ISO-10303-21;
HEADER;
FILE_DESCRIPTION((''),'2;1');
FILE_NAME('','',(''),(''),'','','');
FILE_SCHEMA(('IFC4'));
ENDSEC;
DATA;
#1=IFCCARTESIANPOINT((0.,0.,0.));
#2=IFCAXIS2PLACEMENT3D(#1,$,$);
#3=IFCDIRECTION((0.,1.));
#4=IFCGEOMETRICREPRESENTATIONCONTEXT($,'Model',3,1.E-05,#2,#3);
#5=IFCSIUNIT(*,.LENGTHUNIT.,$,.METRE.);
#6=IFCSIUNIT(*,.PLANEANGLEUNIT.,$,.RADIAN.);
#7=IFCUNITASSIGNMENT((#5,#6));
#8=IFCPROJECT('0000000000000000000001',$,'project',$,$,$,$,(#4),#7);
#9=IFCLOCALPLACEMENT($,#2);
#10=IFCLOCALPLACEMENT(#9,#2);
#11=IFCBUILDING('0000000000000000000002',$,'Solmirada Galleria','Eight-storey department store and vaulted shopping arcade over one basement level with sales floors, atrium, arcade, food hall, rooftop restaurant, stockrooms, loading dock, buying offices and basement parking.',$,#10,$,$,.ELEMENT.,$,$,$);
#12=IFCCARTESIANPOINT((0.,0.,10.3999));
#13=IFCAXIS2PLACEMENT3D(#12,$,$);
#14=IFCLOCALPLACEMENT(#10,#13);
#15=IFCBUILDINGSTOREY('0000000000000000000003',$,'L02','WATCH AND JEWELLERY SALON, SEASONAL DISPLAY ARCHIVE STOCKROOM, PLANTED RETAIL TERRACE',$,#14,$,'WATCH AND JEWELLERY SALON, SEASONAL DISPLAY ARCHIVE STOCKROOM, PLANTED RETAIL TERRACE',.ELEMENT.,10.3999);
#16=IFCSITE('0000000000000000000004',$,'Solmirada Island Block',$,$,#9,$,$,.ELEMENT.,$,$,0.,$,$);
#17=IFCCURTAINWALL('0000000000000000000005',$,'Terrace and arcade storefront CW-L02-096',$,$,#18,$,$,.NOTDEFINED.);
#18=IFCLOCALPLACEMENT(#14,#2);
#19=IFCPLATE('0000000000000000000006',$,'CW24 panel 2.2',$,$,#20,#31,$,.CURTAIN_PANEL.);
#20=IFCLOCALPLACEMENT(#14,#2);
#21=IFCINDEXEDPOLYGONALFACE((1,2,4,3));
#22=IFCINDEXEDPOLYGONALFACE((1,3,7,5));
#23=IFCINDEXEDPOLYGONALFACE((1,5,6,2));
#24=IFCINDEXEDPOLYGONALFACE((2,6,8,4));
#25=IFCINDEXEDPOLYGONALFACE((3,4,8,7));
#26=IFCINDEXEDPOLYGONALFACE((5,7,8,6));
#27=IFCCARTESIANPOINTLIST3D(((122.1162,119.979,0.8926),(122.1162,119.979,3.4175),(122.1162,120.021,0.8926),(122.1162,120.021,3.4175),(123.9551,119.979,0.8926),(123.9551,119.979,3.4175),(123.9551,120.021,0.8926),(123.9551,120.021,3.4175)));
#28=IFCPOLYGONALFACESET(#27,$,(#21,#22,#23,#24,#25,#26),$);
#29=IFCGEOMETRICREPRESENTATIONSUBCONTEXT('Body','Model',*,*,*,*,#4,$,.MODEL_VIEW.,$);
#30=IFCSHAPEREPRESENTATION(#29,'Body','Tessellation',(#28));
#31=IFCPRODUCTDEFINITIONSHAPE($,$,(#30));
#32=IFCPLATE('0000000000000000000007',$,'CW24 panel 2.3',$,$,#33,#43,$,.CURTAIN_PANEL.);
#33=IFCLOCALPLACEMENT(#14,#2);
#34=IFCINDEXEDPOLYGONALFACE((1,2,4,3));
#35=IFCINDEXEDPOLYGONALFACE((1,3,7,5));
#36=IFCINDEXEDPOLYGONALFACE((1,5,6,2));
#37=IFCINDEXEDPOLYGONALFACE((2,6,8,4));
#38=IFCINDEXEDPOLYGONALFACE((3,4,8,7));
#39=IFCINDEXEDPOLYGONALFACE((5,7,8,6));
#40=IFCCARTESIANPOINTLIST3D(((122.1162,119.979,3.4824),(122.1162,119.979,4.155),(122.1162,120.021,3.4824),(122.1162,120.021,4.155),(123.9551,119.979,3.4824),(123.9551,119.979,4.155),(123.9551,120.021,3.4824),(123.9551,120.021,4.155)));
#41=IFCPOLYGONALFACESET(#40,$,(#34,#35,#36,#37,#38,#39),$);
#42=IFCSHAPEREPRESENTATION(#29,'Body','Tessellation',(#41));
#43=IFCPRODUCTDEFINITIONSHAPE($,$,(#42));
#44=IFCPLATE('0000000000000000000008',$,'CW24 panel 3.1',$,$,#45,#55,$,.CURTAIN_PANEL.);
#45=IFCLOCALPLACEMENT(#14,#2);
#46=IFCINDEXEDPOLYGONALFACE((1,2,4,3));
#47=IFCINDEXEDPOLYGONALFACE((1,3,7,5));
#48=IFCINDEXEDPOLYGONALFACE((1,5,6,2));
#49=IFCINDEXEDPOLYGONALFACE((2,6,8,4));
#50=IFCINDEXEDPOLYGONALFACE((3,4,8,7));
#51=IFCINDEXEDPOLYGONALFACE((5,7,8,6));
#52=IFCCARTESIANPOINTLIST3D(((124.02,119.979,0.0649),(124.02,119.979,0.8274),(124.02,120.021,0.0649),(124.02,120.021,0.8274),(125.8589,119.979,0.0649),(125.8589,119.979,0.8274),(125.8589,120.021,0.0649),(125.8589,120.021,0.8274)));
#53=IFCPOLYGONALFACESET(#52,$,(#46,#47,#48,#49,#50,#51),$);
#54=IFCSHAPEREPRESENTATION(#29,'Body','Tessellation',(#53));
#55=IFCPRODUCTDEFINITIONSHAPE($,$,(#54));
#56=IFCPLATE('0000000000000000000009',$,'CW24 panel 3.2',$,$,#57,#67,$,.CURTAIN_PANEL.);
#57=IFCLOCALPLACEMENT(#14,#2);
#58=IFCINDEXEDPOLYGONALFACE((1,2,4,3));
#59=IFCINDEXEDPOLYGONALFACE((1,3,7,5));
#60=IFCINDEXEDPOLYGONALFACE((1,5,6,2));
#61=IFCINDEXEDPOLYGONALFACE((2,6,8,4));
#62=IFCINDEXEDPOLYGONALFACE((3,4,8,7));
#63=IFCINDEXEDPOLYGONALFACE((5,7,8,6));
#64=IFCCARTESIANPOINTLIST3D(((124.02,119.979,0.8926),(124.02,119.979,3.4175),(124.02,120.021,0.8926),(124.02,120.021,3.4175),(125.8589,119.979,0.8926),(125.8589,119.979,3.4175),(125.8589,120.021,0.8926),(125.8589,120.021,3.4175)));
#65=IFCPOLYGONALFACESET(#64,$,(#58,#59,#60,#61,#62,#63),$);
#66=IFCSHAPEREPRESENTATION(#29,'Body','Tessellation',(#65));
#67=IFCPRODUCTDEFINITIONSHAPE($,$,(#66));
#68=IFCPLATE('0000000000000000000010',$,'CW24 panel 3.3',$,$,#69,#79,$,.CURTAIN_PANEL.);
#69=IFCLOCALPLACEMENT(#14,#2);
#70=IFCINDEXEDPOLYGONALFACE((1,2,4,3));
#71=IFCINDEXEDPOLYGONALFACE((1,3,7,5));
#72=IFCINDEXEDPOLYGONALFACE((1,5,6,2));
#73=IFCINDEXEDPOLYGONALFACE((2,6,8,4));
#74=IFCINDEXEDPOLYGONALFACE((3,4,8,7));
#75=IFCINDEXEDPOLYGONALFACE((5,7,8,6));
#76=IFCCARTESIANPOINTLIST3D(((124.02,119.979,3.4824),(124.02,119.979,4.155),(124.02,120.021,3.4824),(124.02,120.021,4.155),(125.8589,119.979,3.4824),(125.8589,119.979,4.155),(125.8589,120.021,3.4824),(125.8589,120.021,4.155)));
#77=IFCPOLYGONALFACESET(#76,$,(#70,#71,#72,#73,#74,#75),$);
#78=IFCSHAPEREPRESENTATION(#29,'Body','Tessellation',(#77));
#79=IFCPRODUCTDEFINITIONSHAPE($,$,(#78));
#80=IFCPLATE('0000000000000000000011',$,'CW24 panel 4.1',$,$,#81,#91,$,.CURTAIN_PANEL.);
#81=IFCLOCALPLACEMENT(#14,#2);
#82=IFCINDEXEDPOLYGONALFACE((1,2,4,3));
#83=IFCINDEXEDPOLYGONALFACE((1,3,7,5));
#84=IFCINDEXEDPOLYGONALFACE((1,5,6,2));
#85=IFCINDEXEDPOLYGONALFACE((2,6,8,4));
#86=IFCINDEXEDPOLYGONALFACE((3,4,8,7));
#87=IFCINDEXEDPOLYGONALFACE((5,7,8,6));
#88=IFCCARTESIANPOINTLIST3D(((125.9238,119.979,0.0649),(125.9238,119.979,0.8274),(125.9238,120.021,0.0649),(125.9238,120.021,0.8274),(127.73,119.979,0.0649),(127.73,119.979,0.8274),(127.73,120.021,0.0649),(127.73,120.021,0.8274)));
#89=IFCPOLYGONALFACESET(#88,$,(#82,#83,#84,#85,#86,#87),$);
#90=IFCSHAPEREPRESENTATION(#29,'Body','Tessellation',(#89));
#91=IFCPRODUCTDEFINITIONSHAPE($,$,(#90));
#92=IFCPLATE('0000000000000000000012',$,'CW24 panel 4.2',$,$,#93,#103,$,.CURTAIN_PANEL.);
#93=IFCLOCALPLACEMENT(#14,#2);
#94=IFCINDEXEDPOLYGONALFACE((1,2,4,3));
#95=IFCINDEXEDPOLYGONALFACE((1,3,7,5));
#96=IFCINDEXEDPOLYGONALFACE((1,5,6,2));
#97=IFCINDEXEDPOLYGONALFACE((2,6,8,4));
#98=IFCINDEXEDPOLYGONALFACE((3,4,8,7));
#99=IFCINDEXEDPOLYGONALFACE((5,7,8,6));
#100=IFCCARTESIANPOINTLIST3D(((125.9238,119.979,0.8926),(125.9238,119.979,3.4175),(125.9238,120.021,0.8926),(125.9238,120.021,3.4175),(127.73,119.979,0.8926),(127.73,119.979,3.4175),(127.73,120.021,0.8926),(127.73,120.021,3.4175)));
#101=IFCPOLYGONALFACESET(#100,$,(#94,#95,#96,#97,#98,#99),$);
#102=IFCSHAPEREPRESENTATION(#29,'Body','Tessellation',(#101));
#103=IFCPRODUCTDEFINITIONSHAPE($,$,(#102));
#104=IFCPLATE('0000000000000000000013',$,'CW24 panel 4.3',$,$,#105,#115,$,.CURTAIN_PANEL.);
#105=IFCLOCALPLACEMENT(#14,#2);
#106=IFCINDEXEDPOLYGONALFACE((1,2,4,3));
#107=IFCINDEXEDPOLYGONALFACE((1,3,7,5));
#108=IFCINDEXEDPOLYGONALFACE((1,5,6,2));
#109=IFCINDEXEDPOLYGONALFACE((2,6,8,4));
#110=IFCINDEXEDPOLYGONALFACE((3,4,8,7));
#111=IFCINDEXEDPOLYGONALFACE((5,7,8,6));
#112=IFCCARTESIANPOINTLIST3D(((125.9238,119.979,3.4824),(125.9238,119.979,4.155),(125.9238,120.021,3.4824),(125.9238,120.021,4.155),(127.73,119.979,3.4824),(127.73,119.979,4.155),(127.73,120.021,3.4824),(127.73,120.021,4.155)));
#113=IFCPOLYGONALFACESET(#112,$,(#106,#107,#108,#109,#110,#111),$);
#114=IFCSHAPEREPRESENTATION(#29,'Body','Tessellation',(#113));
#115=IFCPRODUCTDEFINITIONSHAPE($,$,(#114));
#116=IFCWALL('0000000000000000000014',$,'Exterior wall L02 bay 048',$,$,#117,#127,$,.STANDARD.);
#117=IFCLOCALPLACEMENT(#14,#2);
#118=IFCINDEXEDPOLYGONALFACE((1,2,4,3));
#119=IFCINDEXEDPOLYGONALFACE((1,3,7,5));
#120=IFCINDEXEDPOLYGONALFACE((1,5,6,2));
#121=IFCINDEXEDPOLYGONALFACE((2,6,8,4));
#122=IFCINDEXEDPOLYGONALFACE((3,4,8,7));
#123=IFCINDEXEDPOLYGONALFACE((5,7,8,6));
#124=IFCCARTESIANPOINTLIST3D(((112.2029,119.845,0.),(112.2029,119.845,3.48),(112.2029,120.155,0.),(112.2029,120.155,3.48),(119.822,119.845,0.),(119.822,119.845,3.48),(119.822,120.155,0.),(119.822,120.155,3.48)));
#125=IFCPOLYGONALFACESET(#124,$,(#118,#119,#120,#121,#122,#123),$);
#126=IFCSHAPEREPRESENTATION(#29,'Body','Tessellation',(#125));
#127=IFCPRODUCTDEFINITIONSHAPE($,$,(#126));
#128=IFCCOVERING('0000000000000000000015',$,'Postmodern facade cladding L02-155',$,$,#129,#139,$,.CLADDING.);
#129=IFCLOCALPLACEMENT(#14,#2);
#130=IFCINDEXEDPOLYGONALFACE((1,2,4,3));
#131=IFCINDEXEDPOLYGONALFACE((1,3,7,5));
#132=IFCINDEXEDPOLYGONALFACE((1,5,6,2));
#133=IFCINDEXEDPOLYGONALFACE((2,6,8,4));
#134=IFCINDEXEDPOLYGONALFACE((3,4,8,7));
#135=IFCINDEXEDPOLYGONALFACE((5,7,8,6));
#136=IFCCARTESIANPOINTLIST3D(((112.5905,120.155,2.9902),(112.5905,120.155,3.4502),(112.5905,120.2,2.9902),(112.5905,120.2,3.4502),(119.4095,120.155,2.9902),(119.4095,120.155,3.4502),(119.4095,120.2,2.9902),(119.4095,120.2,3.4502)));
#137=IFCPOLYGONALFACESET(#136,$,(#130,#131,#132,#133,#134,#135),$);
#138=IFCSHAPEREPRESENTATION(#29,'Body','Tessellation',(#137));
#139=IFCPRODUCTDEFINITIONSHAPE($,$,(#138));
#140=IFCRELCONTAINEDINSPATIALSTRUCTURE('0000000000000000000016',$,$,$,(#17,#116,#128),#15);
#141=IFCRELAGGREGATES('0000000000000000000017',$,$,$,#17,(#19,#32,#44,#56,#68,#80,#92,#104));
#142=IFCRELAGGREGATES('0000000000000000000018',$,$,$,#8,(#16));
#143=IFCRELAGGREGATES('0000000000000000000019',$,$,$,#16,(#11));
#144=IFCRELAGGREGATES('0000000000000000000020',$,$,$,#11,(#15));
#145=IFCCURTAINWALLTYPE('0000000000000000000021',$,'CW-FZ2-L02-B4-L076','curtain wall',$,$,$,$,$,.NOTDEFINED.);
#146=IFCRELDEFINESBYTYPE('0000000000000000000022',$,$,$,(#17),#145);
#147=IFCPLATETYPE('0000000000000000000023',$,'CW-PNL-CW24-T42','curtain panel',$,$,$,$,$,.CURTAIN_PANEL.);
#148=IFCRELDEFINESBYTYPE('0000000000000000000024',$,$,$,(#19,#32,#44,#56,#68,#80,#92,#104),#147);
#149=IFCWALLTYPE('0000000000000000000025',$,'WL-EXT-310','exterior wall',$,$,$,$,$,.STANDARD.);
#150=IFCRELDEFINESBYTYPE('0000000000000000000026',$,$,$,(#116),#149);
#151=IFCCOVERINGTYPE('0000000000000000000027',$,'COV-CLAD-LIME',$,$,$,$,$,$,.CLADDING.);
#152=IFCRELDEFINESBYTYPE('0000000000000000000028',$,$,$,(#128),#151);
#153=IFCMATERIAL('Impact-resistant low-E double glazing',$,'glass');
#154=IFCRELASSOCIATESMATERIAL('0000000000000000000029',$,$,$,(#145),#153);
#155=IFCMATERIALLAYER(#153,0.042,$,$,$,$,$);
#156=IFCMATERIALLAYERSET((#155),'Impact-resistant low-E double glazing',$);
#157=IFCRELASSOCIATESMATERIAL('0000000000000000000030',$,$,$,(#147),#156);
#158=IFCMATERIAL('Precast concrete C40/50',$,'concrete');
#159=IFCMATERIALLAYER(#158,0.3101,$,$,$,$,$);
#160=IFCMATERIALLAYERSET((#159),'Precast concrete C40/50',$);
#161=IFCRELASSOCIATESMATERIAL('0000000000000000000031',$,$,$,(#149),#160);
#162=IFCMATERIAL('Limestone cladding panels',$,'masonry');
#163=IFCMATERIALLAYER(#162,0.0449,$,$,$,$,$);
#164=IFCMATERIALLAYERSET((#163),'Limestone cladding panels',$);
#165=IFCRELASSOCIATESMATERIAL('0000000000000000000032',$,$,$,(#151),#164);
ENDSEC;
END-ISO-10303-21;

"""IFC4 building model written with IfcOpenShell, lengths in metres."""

from ifc_helpers import new_model, si_unit, direction, frame, frame_2d, origin, origin_2d, place, context, subcontext, project, spatial, rectangle, extrude, material, layer, layer_set, type_object, element, aggregate, save


model = new_model("IFC4")

# Units and contexts
model_context = context("Model", 3, precision=1e-05, world=origin(), true_north=direction((0.0, 1.0)))
body_context = subcontext(model_context, "Body", "Model", "MODEL_VIEW")
ifc_project = project(units=[si_unit("LENGTHUNIT", "METRE"), si_unit("PLANEANGLEUNIT", "RADIAN")], contexts=[model_context])

# Site, building, storey
site_placement = place(None, origin())
site = spatial("IfcSite", under=ifc_project, at=site_placement, Name="Solmirada Island Block", CompositionType="ELEMENT", RefElevation=0.0)
building_placement = place(site_placement, origin())
building = spatial("IfcBuilding", under=site, at=building_placement, Name="Solmirada Galleria", Description="Eight-storey department store and vaulted shopping arcade over one basement level with sales floors, atrium, arcade, food hall, rooftop restaurant, stockrooms, loading dock, buying offices and basement parking.", CompositionType="ELEMENT")
storey_placement = place(building_placement, frame((0.0, 0.0, 10.3999)))
storey = spatial("IfcBuildingStorey", under=building, at=storey_placement, Name="L02", Description="WATCH AND JEWELLERY SALON, SEASONAL DISPLAY ARCHIVE STOCKROOM, PLANTED RETAIL TERRACE", LongName="WATCH AND JEWELLERY SALON, SEASONAL DISPLAY ARCHIVE STOCKROOM, PLANTED RETAIL TERRACE", CompositionType="ELEMENT", Elevation=10.3999)

# Shared definitions
ifc_material_1 = material(Name="Impact-resistant low-E double glazing", Category="glass")

# Curtain wall, plates
curtain_wall_type_1 = type_object("IfcCurtainWallType", Name="CW-FZ2-L02-B4-L076", Description="curtain wall", PredefinedType="NOTDEFINED", material=ifc_material_1)
curtain_wall_1_placement = place(storey_placement, origin())
curtain_wall_1 = element("IfcCurtainWall", 1, at=curtain_wall_1_placement, inside=storey, type_object=curtain_wall_type_1, Name="Terrace and arcade storefront CW-L02-096", PredefinedType="NOTDEFINED")
ifc_layer_1 = layer(ifc_material_1, 0.042)
ifc_layer_set_1 = layer_set([ifc_layer_1], Name="Impact-resistant low-E double glazing")
plate_type = type_object("IfcPlateType", Name="CW-PNL-CW24-T42", Description="curtain panel", PredefinedType="CURTAIN_PANEL", material=ifc_layer_set_1)
plate_1_placement = place(storey_placement, frame((123.0356, 120.0, 0.8926), z_axis=(0.0, 0.0, 1.0), x_axis=(1.0, 0.0, 0.0)))
plate_1 = element("IfcPlate", 2, at=plate_1_placement, type_object=plate_type, Name="CW24 panel 2.2", PredefinedType="CURTAIN_PANEL", context=body_context, shape_type="SweptSolid", body=[
    extrude(rectangle(XDim=1.8389, YDim=0.042, at=origin_2d()), origin(), (0.0, 0.0, 1.0), 2.5249),
])
plate_2_placement = place(storey_placement, frame((123.0356, 120.0, 3.4824), z_axis=(0.0, 0.0, 1.0), x_axis=(1.0, 0.0, 0.0)))
plate_2 = element("IfcPlate", 3, at=plate_2_placement, type_object=plate_type, Name="CW24 panel 2.3", PredefinedType="CURTAIN_PANEL", context=body_context, shape_type="SweptSolid", body=[
    extrude(rectangle(XDim=1.8389, YDim=0.042, at=origin_2d()), origin(), (0.0, 0.0, 1.0), 0.6726),
])
plate_3_placement = place(storey_placement, frame((124.9395, 120.0, 0.0649), z_axis=(0.0, 0.0, 1.0), x_axis=(1.0, 0.0, 0.0)))
plate_3 = element("IfcPlate", 4, at=plate_3_placement, type_object=plate_type, Name="CW24 panel 3.1", PredefinedType="CURTAIN_PANEL", context=body_context, shape_type="SweptSolid", body=[
    extrude(rectangle(XDim=1.8389, YDim=0.042, at=origin_2d()), origin(), (0.0, 0.0, 1.0), 0.7625),
])
plate_4_placement = place(storey_placement, frame((124.9395, 120.0, 0.8926), z_axis=(0.0, 0.0, 1.0), x_axis=(1.0, 0.0, 0.0)))
plate_4 = element("IfcPlate", 5, at=plate_4_placement, type_object=plate_type, Name="CW24 panel 3.2", PredefinedType="CURTAIN_PANEL", context=body_context, shape_type="SweptSolid", body=[
    extrude(rectangle(XDim=1.8389, YDim=0.042, at=origin_2d()), origin(), (0.0, 0.0, 1.0), 2.5249),
])
plate_5_placement = place(storey_placement, frame((124.9395, 120.0, 3.4824), z_axis=(0.0, 0.0, 1.0), x_axis=(1.0, 0.0, 0.0)))
plate_5 = element("IfcPlate", 6, at=plate_5_placement, type_object=plate_type, Name="CW24 panel 3.3", PredefinedType="CURTAIN_PANEL", context=body_context, shape_type="SweptSolid", body=[
    extrude(rectangle(XDim=1.8389, YDim=0.042, at=origin_2d()), origin(), (0.0, 0.0, 1.0), 0.6726),
])
plate_6_placement = place(storey_placement, frame((126.8269, 120.0, 0.0649), z_axis=(0.0, 0.0, 1.0), x_axis=(1.0, 0.0, 0.0)))
plate_6 = element("IfcPlate", 7, at=plate_6_placement, type_object=plate_type, Name="CW24 panel 4.1", PredefinedType="CURTAIN_PANEL", context=body_context, shape_type="SweptSolid", body=[
    extrude(rectangle(XDim=1.8062, YDim=0.042, at=origin_2d()), origin(), (0.0, 0.0, 1.0), 0.7625),
])
plate_7_placement = place(storey_placement, frame((126.8269, 120.0, 0.8926), z_axis=(0.0, 0.0, 1.0), x_axis=(1.0, 0.0, 0.0)))
plate_7 = element("IfcPlate", 8, at=plate_7_placement, type_object=plate_type, Name="CW24 panel 4.2", PredefinedType="CURTAIN_PANEL", context=body_context, shape_type="SweptSolid", body=[
    extrude(rectangle(XDim=1.8062, YDim=0.042, at=origin_2d()), origin(), (0.0, 0.0, 1.0), 2.5249),
])
plate_8_placement = place(storey_placement, frame((126.8269, 120.0, 3.4824), z_axis=(0.0, 0.0, 1.0), x_axis=(1.0, 0.0, 0.0)))
plate_8 = element("IfcPlate", 9, at=plate_8_placement, type_object=plate_type, Name="CW24 panel 4.3", PredefinedType="CURTAIN_PANEL", context=body_context, shape_type="SweptSolid", body=[
    extrude(rectangle(XDim=1.8062, YDim=0.042, at=origin_2d()), origin(), (0.0, 0.0, 1.0), 0.6726),
])
aggregate(curtain_wall_1, [plate_1, plate_2, plate_3, plate_4, plate_5, plate_6, plate_7, plate_8])

# Wall
ifc_material_2 = material(Name="Precast concrete C40/50", Category="concrete")
ifc_layer_2 = layer(ifc_material_2, 0.3101)
ifc_layer_set_2 = layer_set([ifc_layer_2], Name="Precast concrete C40/50")
wall_type = type_object("IfcWallType", Name="WL-EXT-310", Description="exterior wall", PredefinedType="STANDARD", material=ifc_layer_set_2)
wall_placement = place(storey_placement, frame((112.2029, 120.0, 0.0), z_axis=(0.0, 0.0, 1.0), x_axis=(1.0, 0.0, 0.0)))
element("IfcWall", 10, at=wall_placement, inside=storey, type_object=wall_type, Name="Exterior wall L02 bay 048", PredefinedType="STANDARD", context=body_context, shape_type="SweptSolid", body=[
    extrude(rectangle(XDim=7.6191, YDim=0.3101, at=frame_2d((3.8096, 0.0))), origin(), (0.0, 0.0, 1.0), 3.48),
])

# Covering
ifc_material_3 = material(Name="Limestone cladding panels", Category="masonry")
ifc_layer_3 = layer(ifc_material_3, 0.0449)
ifc_layer_set_3 = layer_set([ifc_layer_3], Name="Limestone cladding panels")
covering_type = type_object("IfcCoveringType", Name="COV-CLAD-LIME", PredefinedType="CLADDING", material=ifc_layer_set_3)
covering_placement = place(storey_placement, frame((116.0, 120.1775, 2.9902), z_axis=(0.0, 0.0, 1.0), x_axis=(1.0, 0.0, 0.0)))
element("IfcCovering", 11, at=covering_placement, inside=storey, type_object=covering_type, Name="Postmodern facade cladding L02-155", PredefinedType="CLADDING", context=body_context, shape_type="SweptSolid", body=[
    extrude(rectangle(XDim=6.8191, YDim=0.0449, at=origin_2d()), origin(), (0.0, 0.0, 1.0), 0.46),
])

save(model, "model.ifc")
